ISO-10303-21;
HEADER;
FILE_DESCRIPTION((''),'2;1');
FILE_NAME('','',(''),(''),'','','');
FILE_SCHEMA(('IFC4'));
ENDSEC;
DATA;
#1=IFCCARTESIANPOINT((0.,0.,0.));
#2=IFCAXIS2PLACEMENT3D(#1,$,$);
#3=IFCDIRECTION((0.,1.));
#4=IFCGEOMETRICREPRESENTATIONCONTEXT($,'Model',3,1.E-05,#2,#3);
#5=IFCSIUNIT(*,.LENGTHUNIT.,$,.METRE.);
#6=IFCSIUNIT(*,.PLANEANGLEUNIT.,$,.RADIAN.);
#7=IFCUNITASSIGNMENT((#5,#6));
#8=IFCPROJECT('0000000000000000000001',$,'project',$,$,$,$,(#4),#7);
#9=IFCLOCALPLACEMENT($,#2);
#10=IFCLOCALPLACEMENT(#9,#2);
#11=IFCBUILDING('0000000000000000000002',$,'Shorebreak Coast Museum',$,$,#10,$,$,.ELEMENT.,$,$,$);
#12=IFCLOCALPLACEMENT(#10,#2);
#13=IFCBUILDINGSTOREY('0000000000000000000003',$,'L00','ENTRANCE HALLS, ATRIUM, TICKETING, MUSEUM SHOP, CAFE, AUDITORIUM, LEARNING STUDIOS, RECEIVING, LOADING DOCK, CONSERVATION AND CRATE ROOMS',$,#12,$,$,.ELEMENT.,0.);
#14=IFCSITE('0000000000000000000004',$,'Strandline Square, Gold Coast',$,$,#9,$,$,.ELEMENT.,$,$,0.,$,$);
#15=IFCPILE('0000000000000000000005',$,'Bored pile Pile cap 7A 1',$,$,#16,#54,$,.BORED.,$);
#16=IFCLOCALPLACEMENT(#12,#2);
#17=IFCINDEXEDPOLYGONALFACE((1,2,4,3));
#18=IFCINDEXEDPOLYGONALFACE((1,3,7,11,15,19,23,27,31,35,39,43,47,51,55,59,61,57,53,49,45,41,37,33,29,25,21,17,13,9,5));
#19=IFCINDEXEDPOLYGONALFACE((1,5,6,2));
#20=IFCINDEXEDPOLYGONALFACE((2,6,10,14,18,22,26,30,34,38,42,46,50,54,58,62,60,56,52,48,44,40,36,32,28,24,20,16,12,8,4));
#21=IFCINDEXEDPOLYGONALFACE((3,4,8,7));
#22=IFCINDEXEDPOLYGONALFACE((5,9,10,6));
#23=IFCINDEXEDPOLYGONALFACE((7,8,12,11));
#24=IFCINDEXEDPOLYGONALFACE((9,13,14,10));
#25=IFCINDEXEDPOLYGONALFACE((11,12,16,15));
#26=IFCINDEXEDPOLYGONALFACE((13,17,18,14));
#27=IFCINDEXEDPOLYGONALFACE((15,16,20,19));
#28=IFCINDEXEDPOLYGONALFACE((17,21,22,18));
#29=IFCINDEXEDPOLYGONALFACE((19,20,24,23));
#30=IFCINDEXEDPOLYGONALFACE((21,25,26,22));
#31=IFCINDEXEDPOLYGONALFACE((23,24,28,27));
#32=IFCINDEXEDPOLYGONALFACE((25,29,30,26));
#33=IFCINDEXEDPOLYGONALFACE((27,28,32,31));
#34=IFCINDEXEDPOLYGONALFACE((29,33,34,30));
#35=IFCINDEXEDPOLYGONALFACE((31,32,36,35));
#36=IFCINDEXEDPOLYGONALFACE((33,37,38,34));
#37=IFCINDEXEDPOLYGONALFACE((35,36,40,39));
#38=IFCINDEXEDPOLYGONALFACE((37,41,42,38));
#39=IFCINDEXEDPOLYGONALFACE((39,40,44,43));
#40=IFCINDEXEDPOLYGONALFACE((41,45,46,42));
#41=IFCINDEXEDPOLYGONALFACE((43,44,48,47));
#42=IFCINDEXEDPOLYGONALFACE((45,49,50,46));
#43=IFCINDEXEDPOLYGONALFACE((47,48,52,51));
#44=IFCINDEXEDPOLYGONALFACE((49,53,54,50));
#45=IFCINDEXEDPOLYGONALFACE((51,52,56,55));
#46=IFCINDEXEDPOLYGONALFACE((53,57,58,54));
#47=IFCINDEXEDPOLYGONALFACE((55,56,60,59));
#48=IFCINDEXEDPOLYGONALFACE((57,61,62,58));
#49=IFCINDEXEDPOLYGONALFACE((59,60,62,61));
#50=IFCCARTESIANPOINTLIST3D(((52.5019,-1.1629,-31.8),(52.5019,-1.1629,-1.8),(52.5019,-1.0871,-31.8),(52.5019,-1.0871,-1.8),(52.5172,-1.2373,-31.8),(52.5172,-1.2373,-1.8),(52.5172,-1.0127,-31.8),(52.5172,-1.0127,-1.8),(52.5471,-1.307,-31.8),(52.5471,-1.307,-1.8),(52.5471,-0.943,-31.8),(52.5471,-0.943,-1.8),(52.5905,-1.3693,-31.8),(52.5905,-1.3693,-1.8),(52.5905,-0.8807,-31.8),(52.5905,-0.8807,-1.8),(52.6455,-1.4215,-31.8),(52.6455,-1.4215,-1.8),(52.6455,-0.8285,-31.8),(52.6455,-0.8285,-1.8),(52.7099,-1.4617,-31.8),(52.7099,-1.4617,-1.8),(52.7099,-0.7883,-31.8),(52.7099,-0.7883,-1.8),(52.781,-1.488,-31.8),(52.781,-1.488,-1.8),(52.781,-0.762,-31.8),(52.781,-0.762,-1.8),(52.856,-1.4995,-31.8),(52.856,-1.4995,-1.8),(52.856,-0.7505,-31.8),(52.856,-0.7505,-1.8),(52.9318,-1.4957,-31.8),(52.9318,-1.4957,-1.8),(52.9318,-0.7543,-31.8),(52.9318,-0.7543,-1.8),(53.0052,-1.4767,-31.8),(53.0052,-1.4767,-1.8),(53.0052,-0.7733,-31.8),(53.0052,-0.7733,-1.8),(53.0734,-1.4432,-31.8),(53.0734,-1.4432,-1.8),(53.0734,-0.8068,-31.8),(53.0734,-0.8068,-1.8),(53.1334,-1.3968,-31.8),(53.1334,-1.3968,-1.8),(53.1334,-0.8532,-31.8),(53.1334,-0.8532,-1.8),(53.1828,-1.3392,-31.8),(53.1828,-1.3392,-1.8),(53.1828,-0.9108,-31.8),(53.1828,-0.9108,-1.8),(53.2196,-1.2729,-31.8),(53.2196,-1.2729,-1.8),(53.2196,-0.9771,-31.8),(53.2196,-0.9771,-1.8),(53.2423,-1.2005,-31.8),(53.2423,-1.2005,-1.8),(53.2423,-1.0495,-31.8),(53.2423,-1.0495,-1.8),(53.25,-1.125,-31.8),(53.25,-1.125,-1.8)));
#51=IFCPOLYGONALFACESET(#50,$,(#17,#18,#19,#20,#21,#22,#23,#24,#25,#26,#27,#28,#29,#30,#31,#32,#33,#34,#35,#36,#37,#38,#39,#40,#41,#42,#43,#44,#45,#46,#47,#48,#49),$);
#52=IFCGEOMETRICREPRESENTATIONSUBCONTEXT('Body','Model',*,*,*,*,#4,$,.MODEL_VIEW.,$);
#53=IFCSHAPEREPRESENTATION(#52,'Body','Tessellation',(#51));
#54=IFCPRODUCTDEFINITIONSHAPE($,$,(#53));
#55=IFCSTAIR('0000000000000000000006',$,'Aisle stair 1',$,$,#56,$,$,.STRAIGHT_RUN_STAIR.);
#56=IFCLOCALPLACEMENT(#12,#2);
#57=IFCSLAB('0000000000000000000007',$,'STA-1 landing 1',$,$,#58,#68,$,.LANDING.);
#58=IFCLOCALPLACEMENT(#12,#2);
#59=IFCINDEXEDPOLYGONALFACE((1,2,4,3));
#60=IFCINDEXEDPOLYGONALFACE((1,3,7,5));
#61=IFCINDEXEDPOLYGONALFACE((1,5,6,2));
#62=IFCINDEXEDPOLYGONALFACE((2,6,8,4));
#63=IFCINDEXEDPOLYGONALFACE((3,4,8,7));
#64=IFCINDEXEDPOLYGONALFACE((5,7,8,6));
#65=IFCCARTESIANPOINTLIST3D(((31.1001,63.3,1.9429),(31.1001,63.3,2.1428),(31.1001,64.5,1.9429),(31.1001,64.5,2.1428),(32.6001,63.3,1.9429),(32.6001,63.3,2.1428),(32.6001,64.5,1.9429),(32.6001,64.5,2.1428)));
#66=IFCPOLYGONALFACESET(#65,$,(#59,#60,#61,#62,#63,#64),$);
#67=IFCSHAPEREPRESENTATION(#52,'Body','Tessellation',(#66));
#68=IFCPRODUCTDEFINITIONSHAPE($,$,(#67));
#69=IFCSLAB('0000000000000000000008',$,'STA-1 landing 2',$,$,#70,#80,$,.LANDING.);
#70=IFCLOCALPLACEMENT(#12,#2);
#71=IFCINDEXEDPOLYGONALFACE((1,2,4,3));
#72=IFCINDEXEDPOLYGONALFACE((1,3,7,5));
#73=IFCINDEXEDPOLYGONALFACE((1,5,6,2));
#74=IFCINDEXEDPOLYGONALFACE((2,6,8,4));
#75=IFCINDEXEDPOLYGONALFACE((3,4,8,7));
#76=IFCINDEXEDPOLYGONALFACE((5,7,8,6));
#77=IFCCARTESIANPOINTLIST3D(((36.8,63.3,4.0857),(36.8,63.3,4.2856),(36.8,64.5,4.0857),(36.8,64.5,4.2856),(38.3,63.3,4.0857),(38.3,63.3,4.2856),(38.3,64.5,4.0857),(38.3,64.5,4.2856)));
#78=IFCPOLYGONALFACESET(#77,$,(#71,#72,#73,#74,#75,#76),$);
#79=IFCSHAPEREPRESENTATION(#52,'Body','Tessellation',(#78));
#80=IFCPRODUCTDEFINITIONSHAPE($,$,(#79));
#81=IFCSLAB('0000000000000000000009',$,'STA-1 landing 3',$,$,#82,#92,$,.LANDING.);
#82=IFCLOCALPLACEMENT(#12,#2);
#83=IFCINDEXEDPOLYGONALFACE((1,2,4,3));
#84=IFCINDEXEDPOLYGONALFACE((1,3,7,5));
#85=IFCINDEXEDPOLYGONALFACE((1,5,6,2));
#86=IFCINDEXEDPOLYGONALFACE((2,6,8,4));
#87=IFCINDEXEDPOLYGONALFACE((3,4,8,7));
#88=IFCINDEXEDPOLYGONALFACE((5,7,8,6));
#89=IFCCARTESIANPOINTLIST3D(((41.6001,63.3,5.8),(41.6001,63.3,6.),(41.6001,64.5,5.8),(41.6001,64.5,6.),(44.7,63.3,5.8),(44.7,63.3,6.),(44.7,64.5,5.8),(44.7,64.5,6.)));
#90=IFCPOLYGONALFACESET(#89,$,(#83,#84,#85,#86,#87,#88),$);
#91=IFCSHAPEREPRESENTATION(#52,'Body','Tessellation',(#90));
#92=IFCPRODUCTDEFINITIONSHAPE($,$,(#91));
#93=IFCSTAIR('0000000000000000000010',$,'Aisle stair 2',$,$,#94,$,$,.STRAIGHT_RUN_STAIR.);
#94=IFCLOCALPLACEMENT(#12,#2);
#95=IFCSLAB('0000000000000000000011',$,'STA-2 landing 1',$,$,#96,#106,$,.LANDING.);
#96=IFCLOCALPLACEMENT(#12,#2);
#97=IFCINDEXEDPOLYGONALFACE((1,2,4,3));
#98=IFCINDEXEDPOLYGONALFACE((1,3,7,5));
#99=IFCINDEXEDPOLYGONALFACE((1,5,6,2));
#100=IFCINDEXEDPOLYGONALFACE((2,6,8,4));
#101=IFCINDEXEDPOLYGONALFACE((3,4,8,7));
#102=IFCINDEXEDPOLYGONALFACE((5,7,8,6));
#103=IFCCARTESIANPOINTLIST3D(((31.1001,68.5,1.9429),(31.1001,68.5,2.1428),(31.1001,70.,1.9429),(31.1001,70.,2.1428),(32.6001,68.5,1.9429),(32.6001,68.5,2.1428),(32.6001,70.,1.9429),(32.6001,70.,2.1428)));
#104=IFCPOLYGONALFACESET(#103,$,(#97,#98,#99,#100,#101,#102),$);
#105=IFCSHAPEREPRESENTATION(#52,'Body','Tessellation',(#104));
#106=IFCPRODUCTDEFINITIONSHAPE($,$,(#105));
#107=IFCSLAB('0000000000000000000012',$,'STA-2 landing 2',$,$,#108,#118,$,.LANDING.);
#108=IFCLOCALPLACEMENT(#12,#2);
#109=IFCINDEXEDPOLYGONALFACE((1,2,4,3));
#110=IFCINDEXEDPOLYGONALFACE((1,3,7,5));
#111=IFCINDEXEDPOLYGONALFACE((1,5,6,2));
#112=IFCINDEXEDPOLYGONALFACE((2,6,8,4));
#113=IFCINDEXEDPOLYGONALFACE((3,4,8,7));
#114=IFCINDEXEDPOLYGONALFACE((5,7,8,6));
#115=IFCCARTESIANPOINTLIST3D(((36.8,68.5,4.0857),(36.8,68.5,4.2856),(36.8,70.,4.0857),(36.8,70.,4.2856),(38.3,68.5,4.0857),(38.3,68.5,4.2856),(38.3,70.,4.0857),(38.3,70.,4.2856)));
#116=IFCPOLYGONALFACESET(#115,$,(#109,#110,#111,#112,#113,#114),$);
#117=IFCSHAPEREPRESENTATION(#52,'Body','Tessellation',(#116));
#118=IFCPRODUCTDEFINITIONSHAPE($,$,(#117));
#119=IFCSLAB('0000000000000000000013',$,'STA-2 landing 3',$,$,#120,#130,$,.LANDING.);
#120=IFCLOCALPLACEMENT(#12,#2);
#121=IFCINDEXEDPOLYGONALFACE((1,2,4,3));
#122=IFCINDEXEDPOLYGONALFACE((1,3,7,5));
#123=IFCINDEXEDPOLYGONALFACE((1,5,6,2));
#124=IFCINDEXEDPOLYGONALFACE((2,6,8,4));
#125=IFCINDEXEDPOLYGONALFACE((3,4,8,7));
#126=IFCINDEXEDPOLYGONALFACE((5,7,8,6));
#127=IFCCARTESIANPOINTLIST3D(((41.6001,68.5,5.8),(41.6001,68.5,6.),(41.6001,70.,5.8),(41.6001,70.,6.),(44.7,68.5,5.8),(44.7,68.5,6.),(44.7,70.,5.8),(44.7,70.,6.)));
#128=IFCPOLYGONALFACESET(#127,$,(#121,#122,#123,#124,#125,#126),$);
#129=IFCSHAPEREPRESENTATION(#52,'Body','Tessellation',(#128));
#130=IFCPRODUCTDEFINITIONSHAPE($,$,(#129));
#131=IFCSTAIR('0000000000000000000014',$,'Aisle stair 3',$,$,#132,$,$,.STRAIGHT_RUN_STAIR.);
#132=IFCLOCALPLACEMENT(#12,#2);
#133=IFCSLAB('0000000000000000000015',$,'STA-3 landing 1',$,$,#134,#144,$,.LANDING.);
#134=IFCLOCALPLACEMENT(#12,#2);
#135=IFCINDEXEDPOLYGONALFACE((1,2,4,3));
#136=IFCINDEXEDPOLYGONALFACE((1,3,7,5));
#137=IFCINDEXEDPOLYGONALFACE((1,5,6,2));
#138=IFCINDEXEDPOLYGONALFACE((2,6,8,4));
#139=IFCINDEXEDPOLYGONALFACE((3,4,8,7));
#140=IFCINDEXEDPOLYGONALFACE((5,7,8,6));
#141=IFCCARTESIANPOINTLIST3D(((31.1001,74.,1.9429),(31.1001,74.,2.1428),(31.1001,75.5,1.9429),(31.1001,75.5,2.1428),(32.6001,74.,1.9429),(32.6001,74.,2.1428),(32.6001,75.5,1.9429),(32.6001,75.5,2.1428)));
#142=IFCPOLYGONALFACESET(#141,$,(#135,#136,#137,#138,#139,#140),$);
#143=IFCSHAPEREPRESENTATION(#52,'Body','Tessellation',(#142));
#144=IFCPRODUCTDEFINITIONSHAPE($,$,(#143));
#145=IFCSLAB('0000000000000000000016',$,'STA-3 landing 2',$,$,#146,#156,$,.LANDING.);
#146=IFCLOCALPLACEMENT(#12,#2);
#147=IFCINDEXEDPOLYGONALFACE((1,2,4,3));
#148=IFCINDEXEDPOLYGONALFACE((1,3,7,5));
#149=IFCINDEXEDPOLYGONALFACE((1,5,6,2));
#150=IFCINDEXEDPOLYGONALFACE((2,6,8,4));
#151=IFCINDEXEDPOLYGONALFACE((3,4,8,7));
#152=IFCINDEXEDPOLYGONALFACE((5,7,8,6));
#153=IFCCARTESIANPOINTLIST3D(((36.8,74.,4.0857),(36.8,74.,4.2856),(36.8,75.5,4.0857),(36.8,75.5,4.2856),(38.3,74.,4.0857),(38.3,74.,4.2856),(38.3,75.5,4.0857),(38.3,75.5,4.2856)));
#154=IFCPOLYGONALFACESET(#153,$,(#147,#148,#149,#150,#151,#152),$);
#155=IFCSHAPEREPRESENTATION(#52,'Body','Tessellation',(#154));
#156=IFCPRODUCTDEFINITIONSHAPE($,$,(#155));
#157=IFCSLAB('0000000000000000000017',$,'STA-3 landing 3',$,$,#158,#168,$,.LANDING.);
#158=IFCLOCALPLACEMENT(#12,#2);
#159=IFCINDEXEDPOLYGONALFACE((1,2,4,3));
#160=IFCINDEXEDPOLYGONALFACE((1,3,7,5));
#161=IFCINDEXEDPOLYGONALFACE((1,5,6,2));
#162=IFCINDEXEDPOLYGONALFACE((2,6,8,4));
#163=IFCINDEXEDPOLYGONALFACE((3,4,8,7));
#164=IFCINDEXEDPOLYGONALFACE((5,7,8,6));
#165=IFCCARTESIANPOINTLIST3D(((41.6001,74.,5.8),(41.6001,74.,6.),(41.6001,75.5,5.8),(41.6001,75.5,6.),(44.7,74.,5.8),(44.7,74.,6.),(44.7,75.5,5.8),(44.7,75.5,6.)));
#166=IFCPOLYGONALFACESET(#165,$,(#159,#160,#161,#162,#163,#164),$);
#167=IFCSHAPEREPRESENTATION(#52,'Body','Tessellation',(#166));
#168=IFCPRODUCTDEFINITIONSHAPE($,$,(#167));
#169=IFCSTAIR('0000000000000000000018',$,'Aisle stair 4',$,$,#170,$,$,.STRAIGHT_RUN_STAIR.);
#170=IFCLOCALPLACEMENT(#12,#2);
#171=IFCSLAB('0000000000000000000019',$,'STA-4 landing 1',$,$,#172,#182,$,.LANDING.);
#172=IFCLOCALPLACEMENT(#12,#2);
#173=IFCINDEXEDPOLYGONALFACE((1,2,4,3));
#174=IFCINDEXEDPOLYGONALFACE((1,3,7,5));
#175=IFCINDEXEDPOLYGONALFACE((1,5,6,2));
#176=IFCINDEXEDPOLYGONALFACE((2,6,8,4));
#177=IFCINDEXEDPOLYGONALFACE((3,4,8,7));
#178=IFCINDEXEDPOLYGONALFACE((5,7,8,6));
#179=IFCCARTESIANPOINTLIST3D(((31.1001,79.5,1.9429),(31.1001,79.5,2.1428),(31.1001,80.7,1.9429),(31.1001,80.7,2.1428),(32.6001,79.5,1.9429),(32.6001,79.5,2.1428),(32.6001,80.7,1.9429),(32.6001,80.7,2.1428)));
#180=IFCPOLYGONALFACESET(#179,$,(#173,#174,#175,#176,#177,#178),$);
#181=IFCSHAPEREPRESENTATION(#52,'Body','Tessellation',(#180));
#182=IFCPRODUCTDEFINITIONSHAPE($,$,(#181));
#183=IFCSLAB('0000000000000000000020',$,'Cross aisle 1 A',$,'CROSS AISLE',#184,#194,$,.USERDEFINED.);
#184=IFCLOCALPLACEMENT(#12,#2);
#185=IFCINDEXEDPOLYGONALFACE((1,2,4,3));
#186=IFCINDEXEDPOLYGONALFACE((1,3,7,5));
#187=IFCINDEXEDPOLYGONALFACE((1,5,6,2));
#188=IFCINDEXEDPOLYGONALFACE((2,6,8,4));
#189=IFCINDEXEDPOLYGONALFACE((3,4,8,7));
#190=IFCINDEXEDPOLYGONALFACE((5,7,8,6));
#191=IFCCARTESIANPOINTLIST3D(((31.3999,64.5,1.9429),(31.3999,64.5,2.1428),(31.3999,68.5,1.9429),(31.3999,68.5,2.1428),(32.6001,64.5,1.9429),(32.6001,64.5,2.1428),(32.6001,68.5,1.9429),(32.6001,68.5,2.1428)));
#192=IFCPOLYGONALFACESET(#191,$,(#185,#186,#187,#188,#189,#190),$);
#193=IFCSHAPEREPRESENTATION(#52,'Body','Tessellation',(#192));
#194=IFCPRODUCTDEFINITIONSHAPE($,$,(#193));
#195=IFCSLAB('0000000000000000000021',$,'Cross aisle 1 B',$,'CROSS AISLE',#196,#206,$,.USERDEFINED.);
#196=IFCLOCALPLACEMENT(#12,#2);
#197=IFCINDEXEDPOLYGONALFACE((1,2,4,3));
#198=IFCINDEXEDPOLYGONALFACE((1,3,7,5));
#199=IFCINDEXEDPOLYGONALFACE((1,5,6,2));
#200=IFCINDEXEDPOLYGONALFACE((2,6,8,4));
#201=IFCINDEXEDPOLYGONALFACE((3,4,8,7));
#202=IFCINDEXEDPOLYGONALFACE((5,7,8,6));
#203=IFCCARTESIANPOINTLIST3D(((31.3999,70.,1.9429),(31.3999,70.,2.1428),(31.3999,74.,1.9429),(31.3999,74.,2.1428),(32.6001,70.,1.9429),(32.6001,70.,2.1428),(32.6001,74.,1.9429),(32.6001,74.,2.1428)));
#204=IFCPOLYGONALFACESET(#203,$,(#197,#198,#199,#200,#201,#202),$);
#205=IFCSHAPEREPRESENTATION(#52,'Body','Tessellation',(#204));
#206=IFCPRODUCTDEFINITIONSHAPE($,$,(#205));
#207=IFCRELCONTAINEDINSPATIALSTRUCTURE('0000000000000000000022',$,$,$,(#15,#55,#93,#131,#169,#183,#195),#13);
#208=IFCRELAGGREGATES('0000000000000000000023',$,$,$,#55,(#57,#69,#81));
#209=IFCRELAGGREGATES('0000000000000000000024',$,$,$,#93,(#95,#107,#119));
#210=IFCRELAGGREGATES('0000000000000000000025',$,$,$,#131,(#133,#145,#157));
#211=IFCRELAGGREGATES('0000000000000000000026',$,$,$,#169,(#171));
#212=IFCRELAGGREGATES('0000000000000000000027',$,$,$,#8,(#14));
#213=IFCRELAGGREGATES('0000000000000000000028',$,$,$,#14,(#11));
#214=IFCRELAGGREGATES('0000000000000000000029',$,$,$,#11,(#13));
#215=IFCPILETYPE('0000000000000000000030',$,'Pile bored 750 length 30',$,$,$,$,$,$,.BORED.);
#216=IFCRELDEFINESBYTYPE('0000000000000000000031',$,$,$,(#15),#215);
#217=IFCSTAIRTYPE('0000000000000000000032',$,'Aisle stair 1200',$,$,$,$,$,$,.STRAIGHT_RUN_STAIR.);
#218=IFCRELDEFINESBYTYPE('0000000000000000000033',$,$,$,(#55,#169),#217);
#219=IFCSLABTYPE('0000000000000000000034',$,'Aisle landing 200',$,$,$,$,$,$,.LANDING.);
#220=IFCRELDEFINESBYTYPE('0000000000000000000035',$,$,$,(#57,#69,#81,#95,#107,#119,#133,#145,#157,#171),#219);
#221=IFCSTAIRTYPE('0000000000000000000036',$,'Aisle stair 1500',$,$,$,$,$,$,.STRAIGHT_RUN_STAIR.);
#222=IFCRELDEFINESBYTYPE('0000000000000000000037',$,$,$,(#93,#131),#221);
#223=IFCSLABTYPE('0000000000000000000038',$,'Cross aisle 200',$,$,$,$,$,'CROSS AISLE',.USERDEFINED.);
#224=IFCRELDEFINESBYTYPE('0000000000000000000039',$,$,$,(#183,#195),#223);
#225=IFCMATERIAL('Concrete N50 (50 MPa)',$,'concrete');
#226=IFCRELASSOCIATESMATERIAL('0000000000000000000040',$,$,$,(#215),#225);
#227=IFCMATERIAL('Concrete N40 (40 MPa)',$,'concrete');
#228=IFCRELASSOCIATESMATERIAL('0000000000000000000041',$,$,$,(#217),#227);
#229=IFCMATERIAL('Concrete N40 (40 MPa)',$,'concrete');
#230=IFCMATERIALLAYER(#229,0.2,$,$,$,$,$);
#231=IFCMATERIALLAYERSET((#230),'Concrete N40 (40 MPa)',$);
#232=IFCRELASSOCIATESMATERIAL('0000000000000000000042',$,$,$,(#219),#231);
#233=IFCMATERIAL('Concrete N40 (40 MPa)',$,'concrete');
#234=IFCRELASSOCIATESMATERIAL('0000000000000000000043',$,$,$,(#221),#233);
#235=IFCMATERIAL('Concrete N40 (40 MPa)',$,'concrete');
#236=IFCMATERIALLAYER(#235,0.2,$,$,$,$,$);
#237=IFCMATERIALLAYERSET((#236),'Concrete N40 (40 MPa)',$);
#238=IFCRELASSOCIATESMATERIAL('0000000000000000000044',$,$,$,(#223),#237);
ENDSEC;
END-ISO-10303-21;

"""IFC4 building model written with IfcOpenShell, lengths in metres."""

from ifc_helpers import new_model, si_unit, direction, frame, origin, origin_2d, place, context, subcontext, project, spatial, polyline, circle, outline, extrude, material, layer, layer_set, material_profile, profile_set, type_object, element, aggregate, save


model = new_model("IFC4")

# Units and contexts
model_context = context("Model", 3, precision=1e-05, world=origin(), true_north=direction((0.0, 1.0)))
body_context = subcontext(model_context, "Body", "Model", "MODEL_VIEW")
ifc_project = project(units=[si_unit("LENGTHUNIT", "METRE"), si_unit("PLANEANGLEUNIT", "RADIAN")], contexts=[model_context])

# Site, building, storey
site_placement = place(None, origin())
site = spatial("IfcSite", under=ifc_project, at=site_placement, Name="Strandline Square, Gold Coast", CompositionType="ELEMENT", RefElevation=0.0)
building_placement = place(site_placement, origin())
building = spatial("IfcBuilding", under=site, at=building_placement, Name="Shorebreak Coast Museum", CompositionType="ELEMENT")
storey_placement = place(building_placement, origin())
storey = spatial("IfcBuildingStorey", under=building, at=storey_placement, Name="L00", Description="ENTRANCE HALLS, ATRIUM, TICKETING, MUSEUM SHOP, CAFE, AUDITORIUM, LEARNING STUDIOS, RECEIVING, LOADING DOCK, CONSERVATION AND CRATE ROOMS", CompositionType="ELEMENT", Elevation=0.0)

# Pile
ifc_material_1 = material(Name="Concrete N50 (50 MPa)", Category="concrete")
ifc_material_profile = material_profile(ifc_material_1, circle(Radius=0.375, at=origin_2d()), Name="Pile bored 750 length 30")
ifc_profile_set = profile_set([ifc_material_profile], Name="Concrete N50 (50 MPa)")
pile_type = type_object("IfcPileType", Name="Pile bored 750 length 30", PredefinedType="BORED", material=ifc_profile_set)
pile_placement = place(storey_placement, frame((52.875, -1.125, -1.8), z_axis=(0.0, 0.0, -1.0), x_axis=(1.0, 0.0, 0.0)))
element("IfcPile", 1, at=pile_placement, inside=storey, type_object=pile_type, Name="Bored pile Pile cap 7A 1", PredefinedType="BORED", context=body_context, shape_type="SweptSolid", body=[
    extrude(circle(Radius=0.375, at=origin_2d()), origin(), (0.0, 0.0, 1.0), 30.0),
])

# Stairs, slabs
ifc_material_2 = material(Name="Concrete N40 (40 MPa)", Category="concrete")
stair_type_1 = type_object("IfcStairType", Name="Aisle stair 1200", PredefinedType="STRAIGHT_RUN_STAIR", material=ifc_material_2)
stair_1_placement = place(storey_placement, origin())
stair_1 = element("IfcStair", 2, at=stair_1_placement, inside=storey, type_object=stair_type_1, Name="Aisle stair 1", PredefinedType="STRAIGHT_RUN_STAIR")
ifc_material_3 = material(Name="Concrete N40 (40 MPa)", Category="concrete")
ifc_layer_1 = layer(ifc_material_3, 0.2)
ifc_layer_set_1 = layer_set([ifc_layer_1], Name="Concrete N40 (40 MPa)")
slab_type_1 = type_object("IfcSlabType", Name="Aisle landing 200", PredefinedType="LANDING", material=ifc_layer_set_1)
slab_1_placement = place(storey_placement, frame((0.0, 0.0, 1.9429)))
slab_1 = element("IfcSlab", 3, at=slab_1_placement, type_object=slab_type_1, Name="STA-1 landing 1", PredefinedType="LANDING", context=body_context, shape_type="SweptSolid", body=[
    extrude(outline(polyline([(31.1001, 63.3), (32.6001, 63.3), (32.6001, 64.5), (31.1001, 64.5), (31.1001, 63.3)])), origin(), (0.0, 0.0, 1.0), 0.2),
])
slab_2_placement = place(storey_placement, frame((0.0, 0.0, 4.0857)))
slab_2 = element("IfcSlab", 4, at=slab_2_placement, type_object=slab_type_1, Name="STA-1 landing 2", PredefinedType="LANDING", context=body_context, shape_type="SweptSolid", body=[
    extrude(outline(polyline([(36.8, 63.3), (38.3, 63.3), (38.3, 64.5), (36.8, 64.5), (36.8, 63.3)])), origin(), (0.0, 0.0, 1.0), 0.2),
])
slab_3_placement = place(storey_placement, frame((0.0, 0.0, 5.8)))
slab_3 = element("IfcSlab", 5, at=slab_3_placement, type_object=slab_type_1, Name="STA-1 landing 3", PredefinedType="LANDING", context=body_context, shape_type="SweptSolid", body=[
    extrude(outline(polyline([(41.6001, 63.3), (44.7, 63.3), (44.7, 64.5), (41.6001, 64.5), (41.6001, 63.3)])), origin(), (0.0, 0.0, 1.0), 0.2),
])
aggregate(stair_1, [slab_1, slab_2, slab_3])
ifc_material_4 = material(Name="Concrete N40 (40 MPa)", Category="concrete")
stair_type_2 = type_object("IfcStairType", Name="Aisle stair 1500", PredefinedType="STRAIGHT_RUN_STAIR", material=ifc_material_4)
stair_2_placement = place(storey_placement, origin())
stair_2 = element("IfcStair", 6, at=stair_2_placement, inside=storey, type_object=stair_type_2, Name="Aisle stair 2", PredefinedType="STRAIGHT_RUN_STAIR")
slab_4_placement = place(storey_placement, frame((0.0, 0.0, 1.9429)))
slab_4 = element("IfcSlab", 7, at=slab_4_placement, type_object=slab_type_1, Name="STA-2 landing 1", PredefinedType="LANDING", context=body_context, shape_type="SweptSolid", body=[
    extrude(outline(polyline([(31.1001, 68.5), (32.6001, 68.5), (32.6001, 70.0), (31.1001, 70.0), (31.1001, 68.5)])), origin(), (0.0, 0.0, 1.0), 0.2),
])
slab_5_placement = place(storey_placement, frame((0.0, 0.0, 4.0857)))
slab_5 = element("IfcSlab", 8, at=slab_5_placement, type_object=slab_type_1, Name="STA-2 landing 2", PredefinedType="LANDING", context=body_context, shape_type="SweptSolid", body=[
    extrude(outline(polyline([(36.8, 68.5), (38.3, 68.5), (38.3, 70.0), (36.8, 70.0), (36.8, 68.5)])), origin(), (0.0, 0.0, 1.0), 0.2),
])
slab_6_placement = place(storey_placement, frame((0.0, 0.0, 5.8)))
slab_6 = element("IfcSlab", 9, at=slab_6_placement, type_object=slab_type_1, Name="STA-2 landing 3", PredefinedType="LANDING", context=body_context, shape_type="SweptSolid", body=[
    extrude(outline(polyline([(41.6001, 68.5), (44.7, 68.5), (44.7, 70.0), (41.6001, 70.0), (41.6001, 68.5)])), origin(), (0.0, 0.0, 1.0), 0.2),
])
aggregate(stair_2, [slab_4, slab_5, slab_6])
stair_3_placement = place(storey_placement, origin())
stair_3 = element("IfcStair", 10, at=stair_3_placement, inside=storey, type_object=stair_type_2, Name="Aisle stair 3", PredefinedType="STRAIGHT_RUN_STAIR")
slab_7_placement = place(storey_placement, frame((0.0, 0.0, 1.9429)))
slab_7 = element("IfcSlab", 11, at=slab_7_placement, type_object=slab_type_1, Name="STA-3 landing 1", PredefinedType="LANDING", context=body_context, shape_type="SweptSolid", body=[
    extrude(outline(polyline([(31.1001, 74.0), (32.6001, 74.0), (32.6001, 75.5), (31.1001, 75.5), (31.1001, 74.0)])), origin(), (0.0, 0.0, 1.0), 0.2),
])
slab_8_placement = place(storey_placement, frame((0.0, 0.0, 4.0857)))
slab_8 = element("IfcSlab", 12, at=slab_8_placement, type_object=slab_type_1, Name="STA-3 landing 2", PredefinedType="LANDING", context=body_context, shape_type="SweptSolid", body=[
    extrude(outline(polyline([(36.8, 74.0), (38.3, 74.0), (38.3, 75.5), (36.8, 75.5), (36.8, 74.0)])), origin(), (0.0, 0.0, 1.0), 0.2),
])
slab_9_placement = place(storey_placement, frame((0.0, 0.0, 5.8)))
slab_9 = element("IfcSlab", 13, at=slab_9_placement, type_object=slab_type_1, Name="STA-3 landing 3", PredefinedType="LANDING", context=body_context, shape_type="SweptSolid", body=[
    extrude(outline(polyline([(41.6001, 74.0), (44.7, 74.0), (44.7, 75.5), (41.6001, 75.5), (41.6001, 74.0)])), origin(), (0.0, 0.0, 1.0), 0.2),
])
aggregate(stair_3, [slab_7, slab_8, slab_9])

# Stair, slab
stair_4_placement = place(storey_placement, origin())
stair_4 = element("IfcStair", 14, at=stair_4_placement, inside=storey, type_object=stair_type_1, Name="Aisle stair 4", PredefinedType="STRAIGHT_RUN_STAIR")
slab_10_placement = place(storey_placement, frame((0.0, 0.0, 1.9429)))
slab_10 = element("IfcSlab", 15, at=slab_10_placement, type_object=slab_type_1, Name="STA-4 landing 1", PredefinedType="LANDING", context=body_context, shape_type="SweptSolid", body=[
    extrude(outline(polyline([(31.1001, 79.5), (32.6001, 79.5), (32.6001, 80.7), (31.1001, 80.7), (31.1001, 79.5)])), origin(), (0.0, 0.0, 1.0), 0.2),
])
aggregate(stair_4, [slab_10])

# Slabs
ifc_material_5 = material(Name="Concrete N40 (40 MPa)", Category="concrete")
ifc_layer_2 = layer(ifc_material_5, 0.2)
ifc_layer_set_2 = layer_set([ifc_layer_2], Name="Concrete N40 (40 MPa)")
slab_type_2 = type_object("IfcSlabType", Name="Cross aisle 200", ElementType="CROSS AISLE", PredefinedType="USERDEFINED", material=ifc_layer_set_2)
slab_11_placement = place(storey_placement, frame((0.0, 0.0, 1.9429)))
element("IfcSlab", 16, at=slab_11_placement, inside=storey, type_object=slab_type_2, Name="Cross aisle 1 A", ObjectType="CROSS AISLE", PredefinedType="USERDEFINED", context=body_context, shape_type="SweptSolid", body=[
    extrude(outline(polyline([(31.3999, 64.5), (32.6001, 64.5), (32.6001, 68.5), (31.3999, 68.5), (31.3999, 64.5)])), origin(), (0.0, 0.0, 1.0), 0.2),
])
slab_12_placement = place(storey_placement, frame((0.0, 0.0, 1.9429)))
element("IfcSlab", 17, at=slab_12_placement, inside=storey, type_object=slab_type_2, Name="Cross aisle 1 B", ObjectType="CROSS AISLE", PredefinedType="USERDEFINED", context=body_context, shape_type="SweptSolid", body=[
    extrude(outline(polyline([(31.3999, 70.0), (32.6001, 70.0), (32.6001, 74.0), (31.3999, 74.0), (31.3999, 70.0)])), origin(), (0.0, 0.0, 1.0), 0.2),
])

save(model, "model.ifc")
